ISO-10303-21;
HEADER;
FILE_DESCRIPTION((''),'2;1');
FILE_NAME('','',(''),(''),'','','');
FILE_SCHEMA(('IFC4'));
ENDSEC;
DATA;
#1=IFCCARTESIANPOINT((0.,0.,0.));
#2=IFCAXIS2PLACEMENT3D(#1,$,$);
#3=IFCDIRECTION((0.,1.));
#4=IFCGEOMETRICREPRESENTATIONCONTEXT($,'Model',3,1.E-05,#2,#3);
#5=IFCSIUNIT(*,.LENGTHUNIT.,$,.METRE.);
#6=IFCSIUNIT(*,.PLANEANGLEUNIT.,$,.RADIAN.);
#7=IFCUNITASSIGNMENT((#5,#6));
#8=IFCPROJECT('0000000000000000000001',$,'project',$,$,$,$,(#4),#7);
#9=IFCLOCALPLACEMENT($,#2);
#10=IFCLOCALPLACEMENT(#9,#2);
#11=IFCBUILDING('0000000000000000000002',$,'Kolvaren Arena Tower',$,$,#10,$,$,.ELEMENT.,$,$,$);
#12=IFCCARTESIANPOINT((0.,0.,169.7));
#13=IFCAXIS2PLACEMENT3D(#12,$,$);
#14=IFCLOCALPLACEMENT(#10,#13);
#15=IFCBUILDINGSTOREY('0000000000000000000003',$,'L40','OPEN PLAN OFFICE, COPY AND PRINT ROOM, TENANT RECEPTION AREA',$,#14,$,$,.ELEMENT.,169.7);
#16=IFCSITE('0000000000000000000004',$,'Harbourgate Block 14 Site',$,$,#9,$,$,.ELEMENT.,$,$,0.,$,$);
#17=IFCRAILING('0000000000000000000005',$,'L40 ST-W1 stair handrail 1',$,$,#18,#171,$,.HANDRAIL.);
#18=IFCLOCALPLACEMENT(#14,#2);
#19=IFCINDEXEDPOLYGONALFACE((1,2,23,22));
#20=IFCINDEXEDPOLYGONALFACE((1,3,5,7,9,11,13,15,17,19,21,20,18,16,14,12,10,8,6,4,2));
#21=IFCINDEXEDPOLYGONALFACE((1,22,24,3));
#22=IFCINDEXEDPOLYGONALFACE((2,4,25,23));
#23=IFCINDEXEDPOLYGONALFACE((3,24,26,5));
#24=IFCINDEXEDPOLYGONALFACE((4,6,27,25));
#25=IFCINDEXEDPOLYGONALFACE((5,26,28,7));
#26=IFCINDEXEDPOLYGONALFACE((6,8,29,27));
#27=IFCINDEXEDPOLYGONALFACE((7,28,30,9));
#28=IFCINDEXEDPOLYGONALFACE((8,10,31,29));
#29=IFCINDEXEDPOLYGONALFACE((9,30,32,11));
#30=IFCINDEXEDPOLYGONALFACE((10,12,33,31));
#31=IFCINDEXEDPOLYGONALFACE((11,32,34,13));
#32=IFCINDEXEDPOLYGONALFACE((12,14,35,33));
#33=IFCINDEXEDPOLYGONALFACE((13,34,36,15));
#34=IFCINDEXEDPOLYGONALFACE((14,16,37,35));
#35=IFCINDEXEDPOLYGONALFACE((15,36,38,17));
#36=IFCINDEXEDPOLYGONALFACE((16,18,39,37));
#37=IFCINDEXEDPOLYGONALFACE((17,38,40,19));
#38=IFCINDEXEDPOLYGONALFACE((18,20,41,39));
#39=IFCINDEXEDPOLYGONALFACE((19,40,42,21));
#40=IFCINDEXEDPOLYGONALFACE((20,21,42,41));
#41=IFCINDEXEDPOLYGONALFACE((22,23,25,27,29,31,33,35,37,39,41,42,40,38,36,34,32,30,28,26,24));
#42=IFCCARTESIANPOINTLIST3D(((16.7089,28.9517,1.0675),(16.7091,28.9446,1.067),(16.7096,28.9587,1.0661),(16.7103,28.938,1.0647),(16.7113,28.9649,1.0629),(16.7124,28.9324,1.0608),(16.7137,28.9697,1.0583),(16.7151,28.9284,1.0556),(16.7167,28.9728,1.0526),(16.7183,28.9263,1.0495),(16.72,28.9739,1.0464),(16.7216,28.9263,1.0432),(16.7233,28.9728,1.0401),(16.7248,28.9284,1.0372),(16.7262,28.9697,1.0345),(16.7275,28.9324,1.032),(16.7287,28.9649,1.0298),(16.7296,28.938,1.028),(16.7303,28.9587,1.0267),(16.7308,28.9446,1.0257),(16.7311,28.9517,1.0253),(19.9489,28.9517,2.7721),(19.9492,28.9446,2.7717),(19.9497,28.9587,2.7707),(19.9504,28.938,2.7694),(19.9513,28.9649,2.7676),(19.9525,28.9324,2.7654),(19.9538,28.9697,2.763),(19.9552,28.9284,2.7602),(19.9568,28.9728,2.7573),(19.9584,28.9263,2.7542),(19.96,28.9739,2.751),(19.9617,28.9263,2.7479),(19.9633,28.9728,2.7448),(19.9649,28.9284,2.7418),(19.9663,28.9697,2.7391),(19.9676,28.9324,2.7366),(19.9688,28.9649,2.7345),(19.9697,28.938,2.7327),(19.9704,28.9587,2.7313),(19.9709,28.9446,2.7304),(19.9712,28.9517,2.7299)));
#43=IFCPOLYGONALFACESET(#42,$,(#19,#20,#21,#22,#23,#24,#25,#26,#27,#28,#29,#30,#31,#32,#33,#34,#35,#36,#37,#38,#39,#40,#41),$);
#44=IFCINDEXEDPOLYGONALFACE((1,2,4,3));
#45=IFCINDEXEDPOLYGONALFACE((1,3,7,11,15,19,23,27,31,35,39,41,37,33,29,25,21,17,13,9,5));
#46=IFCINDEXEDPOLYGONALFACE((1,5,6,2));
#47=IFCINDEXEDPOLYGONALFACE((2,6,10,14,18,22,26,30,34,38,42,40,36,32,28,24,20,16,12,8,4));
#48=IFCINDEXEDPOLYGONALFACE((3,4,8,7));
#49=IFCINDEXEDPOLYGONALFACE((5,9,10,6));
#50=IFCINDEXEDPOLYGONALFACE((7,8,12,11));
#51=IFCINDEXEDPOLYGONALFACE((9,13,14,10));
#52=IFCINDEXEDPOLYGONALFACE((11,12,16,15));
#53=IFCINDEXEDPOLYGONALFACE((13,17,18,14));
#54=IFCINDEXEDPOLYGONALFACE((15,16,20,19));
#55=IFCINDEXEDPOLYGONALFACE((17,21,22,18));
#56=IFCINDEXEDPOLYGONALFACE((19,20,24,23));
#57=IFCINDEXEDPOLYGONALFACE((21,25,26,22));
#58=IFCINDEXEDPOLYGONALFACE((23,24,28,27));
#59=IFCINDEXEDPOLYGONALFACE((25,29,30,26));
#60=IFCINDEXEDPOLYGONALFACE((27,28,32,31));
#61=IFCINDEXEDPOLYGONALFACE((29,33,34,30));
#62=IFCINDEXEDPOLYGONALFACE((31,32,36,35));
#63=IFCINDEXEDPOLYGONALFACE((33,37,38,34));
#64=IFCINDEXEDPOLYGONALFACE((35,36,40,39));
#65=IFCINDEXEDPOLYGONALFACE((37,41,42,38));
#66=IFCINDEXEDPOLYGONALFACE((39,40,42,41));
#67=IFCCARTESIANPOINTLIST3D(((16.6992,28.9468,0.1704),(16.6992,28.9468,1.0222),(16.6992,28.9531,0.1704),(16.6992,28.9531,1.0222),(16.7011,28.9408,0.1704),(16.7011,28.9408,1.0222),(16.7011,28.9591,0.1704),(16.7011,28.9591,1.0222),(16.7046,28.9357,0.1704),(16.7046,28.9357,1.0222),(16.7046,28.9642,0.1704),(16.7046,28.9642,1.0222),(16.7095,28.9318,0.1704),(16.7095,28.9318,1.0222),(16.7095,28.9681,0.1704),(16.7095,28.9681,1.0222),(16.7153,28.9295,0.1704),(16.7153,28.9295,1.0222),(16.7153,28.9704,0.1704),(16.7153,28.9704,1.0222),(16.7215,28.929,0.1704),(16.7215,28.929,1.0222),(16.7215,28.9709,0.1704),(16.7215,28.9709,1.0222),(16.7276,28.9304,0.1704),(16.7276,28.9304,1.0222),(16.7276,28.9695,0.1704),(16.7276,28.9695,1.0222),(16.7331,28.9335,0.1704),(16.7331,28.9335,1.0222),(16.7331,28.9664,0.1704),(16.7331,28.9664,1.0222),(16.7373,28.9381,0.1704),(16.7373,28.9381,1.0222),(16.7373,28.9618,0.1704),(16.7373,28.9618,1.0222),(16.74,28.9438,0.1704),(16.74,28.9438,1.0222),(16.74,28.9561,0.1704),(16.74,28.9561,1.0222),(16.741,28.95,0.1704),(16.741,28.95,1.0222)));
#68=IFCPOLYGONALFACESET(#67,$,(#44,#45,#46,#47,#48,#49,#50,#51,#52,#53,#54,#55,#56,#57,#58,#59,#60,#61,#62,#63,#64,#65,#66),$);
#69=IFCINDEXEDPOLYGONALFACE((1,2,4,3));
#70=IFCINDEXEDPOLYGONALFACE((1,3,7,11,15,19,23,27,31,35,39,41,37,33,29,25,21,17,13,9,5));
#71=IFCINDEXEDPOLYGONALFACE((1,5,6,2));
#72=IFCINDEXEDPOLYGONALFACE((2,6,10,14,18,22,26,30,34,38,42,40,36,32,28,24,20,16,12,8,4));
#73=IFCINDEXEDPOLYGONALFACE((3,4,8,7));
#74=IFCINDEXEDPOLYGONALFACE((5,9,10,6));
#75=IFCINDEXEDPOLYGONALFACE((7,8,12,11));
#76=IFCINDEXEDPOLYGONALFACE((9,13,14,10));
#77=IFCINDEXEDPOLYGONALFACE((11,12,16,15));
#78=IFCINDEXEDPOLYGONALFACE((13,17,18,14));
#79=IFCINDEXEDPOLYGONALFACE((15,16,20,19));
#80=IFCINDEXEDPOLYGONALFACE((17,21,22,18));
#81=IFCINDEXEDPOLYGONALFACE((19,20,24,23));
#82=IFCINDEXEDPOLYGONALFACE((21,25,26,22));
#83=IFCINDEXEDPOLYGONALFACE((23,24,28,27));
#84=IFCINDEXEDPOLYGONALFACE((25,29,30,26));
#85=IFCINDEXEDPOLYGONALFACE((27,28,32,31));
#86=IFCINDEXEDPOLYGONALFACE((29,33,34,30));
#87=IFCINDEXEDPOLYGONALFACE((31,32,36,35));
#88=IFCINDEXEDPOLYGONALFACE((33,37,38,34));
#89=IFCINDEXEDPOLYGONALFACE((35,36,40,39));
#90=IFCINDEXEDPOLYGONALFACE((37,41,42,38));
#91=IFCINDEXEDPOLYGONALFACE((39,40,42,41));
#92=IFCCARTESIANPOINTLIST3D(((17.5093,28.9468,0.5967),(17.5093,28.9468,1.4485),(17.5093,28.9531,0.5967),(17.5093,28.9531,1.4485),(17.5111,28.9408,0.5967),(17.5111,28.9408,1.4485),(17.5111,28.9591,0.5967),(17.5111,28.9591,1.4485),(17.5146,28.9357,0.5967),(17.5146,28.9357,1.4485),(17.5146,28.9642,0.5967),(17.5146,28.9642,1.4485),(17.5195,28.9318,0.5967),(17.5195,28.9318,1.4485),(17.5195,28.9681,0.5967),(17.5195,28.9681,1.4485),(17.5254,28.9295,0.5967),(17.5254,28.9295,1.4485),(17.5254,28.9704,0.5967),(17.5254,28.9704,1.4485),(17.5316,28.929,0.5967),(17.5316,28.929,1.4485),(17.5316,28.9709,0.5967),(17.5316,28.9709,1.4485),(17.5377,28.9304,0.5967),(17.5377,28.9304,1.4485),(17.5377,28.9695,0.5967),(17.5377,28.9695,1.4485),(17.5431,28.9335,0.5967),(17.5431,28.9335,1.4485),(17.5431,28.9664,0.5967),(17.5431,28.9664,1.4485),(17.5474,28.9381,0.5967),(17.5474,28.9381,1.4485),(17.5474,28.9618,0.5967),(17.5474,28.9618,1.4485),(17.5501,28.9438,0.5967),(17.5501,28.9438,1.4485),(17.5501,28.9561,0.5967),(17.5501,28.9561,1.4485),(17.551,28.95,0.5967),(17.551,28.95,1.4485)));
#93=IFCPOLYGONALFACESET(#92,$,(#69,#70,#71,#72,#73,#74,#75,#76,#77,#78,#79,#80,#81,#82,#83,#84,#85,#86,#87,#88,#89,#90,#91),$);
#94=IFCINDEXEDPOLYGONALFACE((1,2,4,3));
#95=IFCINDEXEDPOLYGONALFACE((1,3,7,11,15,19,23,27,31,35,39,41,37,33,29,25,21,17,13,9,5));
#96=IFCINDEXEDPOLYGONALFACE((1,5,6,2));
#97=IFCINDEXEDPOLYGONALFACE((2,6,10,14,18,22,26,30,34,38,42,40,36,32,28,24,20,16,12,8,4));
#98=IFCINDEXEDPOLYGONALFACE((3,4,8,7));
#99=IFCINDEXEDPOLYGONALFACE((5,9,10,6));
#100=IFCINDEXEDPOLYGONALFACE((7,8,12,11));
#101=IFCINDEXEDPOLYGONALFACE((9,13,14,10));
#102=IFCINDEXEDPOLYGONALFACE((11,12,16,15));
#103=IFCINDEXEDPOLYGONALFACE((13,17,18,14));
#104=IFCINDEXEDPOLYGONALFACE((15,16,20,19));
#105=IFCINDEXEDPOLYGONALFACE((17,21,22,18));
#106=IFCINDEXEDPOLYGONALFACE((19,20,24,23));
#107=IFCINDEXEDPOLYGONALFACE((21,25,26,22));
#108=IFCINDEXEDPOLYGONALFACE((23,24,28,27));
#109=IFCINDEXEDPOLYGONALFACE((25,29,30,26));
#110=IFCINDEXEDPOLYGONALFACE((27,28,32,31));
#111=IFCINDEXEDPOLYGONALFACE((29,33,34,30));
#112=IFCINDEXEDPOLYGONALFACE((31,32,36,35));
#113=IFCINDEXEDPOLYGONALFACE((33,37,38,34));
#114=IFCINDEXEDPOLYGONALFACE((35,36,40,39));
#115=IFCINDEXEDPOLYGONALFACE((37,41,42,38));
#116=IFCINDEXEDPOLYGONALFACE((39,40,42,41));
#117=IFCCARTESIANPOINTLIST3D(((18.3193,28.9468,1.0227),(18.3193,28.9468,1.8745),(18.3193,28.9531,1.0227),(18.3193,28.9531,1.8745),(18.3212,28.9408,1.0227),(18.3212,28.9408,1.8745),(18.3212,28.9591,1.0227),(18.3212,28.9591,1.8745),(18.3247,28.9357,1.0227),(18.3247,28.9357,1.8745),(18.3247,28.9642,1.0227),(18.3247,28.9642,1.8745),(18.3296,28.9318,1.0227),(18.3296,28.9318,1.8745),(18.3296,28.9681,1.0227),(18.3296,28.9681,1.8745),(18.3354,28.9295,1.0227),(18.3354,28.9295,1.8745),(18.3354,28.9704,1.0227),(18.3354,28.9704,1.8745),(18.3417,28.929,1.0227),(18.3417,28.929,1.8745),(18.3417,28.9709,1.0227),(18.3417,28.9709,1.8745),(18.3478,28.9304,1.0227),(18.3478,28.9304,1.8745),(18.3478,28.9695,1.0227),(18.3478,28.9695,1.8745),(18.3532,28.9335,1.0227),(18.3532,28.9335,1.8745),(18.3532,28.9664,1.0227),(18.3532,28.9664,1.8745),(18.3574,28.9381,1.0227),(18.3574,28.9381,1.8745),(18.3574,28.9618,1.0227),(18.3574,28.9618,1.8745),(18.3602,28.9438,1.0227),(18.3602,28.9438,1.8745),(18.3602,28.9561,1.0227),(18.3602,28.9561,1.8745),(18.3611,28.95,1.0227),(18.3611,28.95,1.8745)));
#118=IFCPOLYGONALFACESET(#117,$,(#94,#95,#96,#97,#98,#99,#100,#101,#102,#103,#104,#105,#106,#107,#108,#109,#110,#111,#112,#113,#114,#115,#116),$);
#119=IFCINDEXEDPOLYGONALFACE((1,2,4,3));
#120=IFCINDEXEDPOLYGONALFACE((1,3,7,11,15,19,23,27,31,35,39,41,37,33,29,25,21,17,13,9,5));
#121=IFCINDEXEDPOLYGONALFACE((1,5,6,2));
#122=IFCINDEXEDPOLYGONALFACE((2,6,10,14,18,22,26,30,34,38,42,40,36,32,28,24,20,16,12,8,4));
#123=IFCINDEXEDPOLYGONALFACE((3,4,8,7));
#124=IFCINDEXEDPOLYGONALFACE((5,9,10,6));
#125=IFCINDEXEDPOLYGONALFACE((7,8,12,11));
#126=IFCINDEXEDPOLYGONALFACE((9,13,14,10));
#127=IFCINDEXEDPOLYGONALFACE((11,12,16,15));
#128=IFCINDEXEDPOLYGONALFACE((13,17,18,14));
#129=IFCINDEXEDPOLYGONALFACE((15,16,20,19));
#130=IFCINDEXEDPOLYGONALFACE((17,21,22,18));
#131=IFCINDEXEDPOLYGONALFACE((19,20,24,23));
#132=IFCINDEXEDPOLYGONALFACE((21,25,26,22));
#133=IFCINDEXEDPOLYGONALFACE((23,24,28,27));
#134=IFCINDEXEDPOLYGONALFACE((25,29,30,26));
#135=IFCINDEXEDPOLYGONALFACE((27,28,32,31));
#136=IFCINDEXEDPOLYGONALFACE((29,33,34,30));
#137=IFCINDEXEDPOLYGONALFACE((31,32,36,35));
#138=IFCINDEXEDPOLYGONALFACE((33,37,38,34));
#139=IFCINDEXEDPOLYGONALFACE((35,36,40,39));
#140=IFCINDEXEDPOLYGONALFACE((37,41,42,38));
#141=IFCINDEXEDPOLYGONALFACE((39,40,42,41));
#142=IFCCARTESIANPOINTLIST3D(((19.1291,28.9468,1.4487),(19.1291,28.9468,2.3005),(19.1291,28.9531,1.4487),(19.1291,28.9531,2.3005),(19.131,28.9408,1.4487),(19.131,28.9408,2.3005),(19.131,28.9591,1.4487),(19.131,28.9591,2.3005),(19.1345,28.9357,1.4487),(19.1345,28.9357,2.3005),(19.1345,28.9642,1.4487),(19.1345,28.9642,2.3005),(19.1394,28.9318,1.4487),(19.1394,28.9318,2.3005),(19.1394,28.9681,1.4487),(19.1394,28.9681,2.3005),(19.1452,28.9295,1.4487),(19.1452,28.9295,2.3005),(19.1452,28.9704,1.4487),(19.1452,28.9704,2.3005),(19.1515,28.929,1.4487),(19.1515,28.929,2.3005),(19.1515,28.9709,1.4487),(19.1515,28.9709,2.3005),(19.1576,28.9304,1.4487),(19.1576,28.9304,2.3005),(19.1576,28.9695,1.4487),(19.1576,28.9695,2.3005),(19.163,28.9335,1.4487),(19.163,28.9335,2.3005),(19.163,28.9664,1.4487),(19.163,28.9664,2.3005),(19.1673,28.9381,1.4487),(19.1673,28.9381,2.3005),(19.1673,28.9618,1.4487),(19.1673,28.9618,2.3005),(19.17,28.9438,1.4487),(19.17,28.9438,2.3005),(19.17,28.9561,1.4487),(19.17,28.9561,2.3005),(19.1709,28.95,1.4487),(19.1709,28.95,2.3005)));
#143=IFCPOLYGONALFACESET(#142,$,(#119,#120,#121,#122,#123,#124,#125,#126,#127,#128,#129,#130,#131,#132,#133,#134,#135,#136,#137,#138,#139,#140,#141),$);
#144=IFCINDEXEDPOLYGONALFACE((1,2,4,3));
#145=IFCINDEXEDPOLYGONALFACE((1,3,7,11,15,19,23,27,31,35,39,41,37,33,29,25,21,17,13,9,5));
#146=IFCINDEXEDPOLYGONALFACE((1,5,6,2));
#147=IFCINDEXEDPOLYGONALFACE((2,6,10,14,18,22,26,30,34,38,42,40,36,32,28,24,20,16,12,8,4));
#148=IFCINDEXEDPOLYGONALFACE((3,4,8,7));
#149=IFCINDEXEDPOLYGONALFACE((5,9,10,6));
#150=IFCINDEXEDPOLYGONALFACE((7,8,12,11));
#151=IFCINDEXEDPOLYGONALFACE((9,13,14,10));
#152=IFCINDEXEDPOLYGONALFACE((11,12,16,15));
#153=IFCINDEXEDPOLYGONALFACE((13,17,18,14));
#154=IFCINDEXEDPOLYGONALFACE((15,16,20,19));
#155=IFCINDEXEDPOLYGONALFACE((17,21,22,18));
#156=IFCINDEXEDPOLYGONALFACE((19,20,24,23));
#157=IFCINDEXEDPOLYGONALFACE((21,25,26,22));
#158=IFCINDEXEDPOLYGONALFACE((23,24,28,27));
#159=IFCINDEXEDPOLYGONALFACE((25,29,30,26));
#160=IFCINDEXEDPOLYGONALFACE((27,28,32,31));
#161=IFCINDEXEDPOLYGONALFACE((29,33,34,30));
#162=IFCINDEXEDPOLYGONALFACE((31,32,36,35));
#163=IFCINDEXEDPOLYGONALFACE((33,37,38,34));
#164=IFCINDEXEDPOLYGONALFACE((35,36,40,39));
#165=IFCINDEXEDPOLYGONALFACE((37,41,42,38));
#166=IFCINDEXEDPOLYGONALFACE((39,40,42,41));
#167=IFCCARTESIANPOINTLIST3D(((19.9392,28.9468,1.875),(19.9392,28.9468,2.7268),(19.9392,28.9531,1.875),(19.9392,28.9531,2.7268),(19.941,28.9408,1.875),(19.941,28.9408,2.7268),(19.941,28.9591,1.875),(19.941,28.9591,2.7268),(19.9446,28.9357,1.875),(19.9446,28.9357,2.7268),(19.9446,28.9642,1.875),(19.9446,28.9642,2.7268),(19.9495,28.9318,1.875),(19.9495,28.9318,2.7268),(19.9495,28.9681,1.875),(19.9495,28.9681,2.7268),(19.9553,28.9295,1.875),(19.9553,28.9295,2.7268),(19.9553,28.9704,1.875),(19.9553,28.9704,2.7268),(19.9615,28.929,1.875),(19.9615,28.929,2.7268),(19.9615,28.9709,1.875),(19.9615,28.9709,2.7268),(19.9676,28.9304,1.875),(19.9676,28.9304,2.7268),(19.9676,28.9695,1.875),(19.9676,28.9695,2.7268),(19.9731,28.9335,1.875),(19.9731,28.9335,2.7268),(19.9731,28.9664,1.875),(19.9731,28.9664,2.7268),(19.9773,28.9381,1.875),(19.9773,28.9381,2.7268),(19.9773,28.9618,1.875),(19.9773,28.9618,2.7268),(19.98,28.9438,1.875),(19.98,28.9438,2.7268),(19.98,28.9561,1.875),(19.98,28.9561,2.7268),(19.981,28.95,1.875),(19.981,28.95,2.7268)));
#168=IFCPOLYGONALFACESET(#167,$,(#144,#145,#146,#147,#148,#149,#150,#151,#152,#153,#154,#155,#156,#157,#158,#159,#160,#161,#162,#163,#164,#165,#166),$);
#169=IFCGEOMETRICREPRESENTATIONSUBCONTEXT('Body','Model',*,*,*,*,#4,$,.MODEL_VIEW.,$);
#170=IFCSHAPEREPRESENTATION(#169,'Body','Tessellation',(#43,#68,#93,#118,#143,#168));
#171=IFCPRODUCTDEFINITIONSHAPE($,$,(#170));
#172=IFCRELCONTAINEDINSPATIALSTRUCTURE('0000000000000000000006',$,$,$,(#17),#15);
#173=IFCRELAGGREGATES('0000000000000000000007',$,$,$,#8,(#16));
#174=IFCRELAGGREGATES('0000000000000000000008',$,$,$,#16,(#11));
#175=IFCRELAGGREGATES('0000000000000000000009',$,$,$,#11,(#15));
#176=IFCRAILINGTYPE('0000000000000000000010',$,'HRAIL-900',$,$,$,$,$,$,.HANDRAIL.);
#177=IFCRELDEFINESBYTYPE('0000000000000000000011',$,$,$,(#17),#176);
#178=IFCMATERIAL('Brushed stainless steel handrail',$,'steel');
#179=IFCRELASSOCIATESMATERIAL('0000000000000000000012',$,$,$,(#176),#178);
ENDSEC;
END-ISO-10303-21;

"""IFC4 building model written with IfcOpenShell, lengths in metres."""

from ifc_helpers import new_model, si_unit, direction, frame, origin, origin_2d, place, context, subcontext, project, spatial, circle, extrude, material, type_object, element, save


model = new_model("IFC4")

# Units and contexts
model_context = context("Model", 3, precision=1e-05, world=origin(), true_north=direction((0.0, 1.0)))
body_context = subcontext(model_context, "Body", "Model", "MODEL_VIEW")
ifc_project = project(units=[si_unit("LENGTHUNIT", "METRE"), si_unit("PLANEANGLEUNIT", "RADIAN")], contexts=[model_context])

# Site, building, storey
site_placement = place(None, origin())
site = spatial("IfcSite", under=ifc_project, at=site_placement, Name="Harbourgate Block 14 Site", CompositionType="ELEMENT", RefElevation=0.0)
building_placement = place(site_placement, origin())
building = spatial("IfcBuilding", under=site, at=building_placement, Name="Kolvaren Arena Tower", CompositionType="ELEMENT")
storey_placement = place(building_placement, frame((0.0, 0.0, 169.7)))
storey = spatial("IfcBuildingStorey", under=building, at=storey_placement, Name="L40", Description="OPEN PLAN OFFICE, COPY AND PRINT ROOM, TENANT RECEPTION AREA", CompositionType="ELEMENT", Elevation=169.7)

# Railing
ifc_material_1 = material(Name="Brushed stainless steel handrail", Category="steel")
railing_type_1 = type_object("IfcRailingType", Name="HRAIL-900", PredefinedType="HANDRAIL", material=ifc_material_1)
railing_1_placement = place(storey_placement, frame((16.72, 28.95, 0.1704)))
element("IfcRailing", 1, at=railing_1_placement, inside=storey, type_object=railing_type_1, Name="L40 ST-W1 stair handrail 1", PredefinedType="HANDRAIL", context=body_context, shape_type="SweptSolid", body=[
    extrude(circle(Radius=0.0239, at=origin_2d()), frame((0.0, 0.0, 0.876), z_axis=(0.884993, 0.0, 0.465604), x_axis=(0.0, 1.0, 0.0)), (0.0, 0.0, 1.0), 3.6611),
    extrude(circle(Radius=0.021, at=origin_2d()), origin(), (0.0, 0.0, 1.0), 0.8518),
    extrude(circle(Radius=0.021, at=origin_2d()), frame((0.8101, 0.0, 0.4263)), (0.0, 0.0, 1.0), 0.8518),
    extrude(circle(Radius=0.021, at=origin_2d()), frame((1.6201, 0.0, 0.8523)), (0.0, 0.0, 1.0), 0.8518),
    extrude(circle(Radius=0.021, at=origin_2d()), frame((2.4299, 0.0, 1.2783)), (0.0, 0.0, 1.0), 0.8518),
    extrude(circle(Radius=0.021, at=origin_2d()), frame((3.24, 0.0, 1.7046)), (0.0, 0.0, 1.0), 0.8518),
])

save(model, "model.ifc")
